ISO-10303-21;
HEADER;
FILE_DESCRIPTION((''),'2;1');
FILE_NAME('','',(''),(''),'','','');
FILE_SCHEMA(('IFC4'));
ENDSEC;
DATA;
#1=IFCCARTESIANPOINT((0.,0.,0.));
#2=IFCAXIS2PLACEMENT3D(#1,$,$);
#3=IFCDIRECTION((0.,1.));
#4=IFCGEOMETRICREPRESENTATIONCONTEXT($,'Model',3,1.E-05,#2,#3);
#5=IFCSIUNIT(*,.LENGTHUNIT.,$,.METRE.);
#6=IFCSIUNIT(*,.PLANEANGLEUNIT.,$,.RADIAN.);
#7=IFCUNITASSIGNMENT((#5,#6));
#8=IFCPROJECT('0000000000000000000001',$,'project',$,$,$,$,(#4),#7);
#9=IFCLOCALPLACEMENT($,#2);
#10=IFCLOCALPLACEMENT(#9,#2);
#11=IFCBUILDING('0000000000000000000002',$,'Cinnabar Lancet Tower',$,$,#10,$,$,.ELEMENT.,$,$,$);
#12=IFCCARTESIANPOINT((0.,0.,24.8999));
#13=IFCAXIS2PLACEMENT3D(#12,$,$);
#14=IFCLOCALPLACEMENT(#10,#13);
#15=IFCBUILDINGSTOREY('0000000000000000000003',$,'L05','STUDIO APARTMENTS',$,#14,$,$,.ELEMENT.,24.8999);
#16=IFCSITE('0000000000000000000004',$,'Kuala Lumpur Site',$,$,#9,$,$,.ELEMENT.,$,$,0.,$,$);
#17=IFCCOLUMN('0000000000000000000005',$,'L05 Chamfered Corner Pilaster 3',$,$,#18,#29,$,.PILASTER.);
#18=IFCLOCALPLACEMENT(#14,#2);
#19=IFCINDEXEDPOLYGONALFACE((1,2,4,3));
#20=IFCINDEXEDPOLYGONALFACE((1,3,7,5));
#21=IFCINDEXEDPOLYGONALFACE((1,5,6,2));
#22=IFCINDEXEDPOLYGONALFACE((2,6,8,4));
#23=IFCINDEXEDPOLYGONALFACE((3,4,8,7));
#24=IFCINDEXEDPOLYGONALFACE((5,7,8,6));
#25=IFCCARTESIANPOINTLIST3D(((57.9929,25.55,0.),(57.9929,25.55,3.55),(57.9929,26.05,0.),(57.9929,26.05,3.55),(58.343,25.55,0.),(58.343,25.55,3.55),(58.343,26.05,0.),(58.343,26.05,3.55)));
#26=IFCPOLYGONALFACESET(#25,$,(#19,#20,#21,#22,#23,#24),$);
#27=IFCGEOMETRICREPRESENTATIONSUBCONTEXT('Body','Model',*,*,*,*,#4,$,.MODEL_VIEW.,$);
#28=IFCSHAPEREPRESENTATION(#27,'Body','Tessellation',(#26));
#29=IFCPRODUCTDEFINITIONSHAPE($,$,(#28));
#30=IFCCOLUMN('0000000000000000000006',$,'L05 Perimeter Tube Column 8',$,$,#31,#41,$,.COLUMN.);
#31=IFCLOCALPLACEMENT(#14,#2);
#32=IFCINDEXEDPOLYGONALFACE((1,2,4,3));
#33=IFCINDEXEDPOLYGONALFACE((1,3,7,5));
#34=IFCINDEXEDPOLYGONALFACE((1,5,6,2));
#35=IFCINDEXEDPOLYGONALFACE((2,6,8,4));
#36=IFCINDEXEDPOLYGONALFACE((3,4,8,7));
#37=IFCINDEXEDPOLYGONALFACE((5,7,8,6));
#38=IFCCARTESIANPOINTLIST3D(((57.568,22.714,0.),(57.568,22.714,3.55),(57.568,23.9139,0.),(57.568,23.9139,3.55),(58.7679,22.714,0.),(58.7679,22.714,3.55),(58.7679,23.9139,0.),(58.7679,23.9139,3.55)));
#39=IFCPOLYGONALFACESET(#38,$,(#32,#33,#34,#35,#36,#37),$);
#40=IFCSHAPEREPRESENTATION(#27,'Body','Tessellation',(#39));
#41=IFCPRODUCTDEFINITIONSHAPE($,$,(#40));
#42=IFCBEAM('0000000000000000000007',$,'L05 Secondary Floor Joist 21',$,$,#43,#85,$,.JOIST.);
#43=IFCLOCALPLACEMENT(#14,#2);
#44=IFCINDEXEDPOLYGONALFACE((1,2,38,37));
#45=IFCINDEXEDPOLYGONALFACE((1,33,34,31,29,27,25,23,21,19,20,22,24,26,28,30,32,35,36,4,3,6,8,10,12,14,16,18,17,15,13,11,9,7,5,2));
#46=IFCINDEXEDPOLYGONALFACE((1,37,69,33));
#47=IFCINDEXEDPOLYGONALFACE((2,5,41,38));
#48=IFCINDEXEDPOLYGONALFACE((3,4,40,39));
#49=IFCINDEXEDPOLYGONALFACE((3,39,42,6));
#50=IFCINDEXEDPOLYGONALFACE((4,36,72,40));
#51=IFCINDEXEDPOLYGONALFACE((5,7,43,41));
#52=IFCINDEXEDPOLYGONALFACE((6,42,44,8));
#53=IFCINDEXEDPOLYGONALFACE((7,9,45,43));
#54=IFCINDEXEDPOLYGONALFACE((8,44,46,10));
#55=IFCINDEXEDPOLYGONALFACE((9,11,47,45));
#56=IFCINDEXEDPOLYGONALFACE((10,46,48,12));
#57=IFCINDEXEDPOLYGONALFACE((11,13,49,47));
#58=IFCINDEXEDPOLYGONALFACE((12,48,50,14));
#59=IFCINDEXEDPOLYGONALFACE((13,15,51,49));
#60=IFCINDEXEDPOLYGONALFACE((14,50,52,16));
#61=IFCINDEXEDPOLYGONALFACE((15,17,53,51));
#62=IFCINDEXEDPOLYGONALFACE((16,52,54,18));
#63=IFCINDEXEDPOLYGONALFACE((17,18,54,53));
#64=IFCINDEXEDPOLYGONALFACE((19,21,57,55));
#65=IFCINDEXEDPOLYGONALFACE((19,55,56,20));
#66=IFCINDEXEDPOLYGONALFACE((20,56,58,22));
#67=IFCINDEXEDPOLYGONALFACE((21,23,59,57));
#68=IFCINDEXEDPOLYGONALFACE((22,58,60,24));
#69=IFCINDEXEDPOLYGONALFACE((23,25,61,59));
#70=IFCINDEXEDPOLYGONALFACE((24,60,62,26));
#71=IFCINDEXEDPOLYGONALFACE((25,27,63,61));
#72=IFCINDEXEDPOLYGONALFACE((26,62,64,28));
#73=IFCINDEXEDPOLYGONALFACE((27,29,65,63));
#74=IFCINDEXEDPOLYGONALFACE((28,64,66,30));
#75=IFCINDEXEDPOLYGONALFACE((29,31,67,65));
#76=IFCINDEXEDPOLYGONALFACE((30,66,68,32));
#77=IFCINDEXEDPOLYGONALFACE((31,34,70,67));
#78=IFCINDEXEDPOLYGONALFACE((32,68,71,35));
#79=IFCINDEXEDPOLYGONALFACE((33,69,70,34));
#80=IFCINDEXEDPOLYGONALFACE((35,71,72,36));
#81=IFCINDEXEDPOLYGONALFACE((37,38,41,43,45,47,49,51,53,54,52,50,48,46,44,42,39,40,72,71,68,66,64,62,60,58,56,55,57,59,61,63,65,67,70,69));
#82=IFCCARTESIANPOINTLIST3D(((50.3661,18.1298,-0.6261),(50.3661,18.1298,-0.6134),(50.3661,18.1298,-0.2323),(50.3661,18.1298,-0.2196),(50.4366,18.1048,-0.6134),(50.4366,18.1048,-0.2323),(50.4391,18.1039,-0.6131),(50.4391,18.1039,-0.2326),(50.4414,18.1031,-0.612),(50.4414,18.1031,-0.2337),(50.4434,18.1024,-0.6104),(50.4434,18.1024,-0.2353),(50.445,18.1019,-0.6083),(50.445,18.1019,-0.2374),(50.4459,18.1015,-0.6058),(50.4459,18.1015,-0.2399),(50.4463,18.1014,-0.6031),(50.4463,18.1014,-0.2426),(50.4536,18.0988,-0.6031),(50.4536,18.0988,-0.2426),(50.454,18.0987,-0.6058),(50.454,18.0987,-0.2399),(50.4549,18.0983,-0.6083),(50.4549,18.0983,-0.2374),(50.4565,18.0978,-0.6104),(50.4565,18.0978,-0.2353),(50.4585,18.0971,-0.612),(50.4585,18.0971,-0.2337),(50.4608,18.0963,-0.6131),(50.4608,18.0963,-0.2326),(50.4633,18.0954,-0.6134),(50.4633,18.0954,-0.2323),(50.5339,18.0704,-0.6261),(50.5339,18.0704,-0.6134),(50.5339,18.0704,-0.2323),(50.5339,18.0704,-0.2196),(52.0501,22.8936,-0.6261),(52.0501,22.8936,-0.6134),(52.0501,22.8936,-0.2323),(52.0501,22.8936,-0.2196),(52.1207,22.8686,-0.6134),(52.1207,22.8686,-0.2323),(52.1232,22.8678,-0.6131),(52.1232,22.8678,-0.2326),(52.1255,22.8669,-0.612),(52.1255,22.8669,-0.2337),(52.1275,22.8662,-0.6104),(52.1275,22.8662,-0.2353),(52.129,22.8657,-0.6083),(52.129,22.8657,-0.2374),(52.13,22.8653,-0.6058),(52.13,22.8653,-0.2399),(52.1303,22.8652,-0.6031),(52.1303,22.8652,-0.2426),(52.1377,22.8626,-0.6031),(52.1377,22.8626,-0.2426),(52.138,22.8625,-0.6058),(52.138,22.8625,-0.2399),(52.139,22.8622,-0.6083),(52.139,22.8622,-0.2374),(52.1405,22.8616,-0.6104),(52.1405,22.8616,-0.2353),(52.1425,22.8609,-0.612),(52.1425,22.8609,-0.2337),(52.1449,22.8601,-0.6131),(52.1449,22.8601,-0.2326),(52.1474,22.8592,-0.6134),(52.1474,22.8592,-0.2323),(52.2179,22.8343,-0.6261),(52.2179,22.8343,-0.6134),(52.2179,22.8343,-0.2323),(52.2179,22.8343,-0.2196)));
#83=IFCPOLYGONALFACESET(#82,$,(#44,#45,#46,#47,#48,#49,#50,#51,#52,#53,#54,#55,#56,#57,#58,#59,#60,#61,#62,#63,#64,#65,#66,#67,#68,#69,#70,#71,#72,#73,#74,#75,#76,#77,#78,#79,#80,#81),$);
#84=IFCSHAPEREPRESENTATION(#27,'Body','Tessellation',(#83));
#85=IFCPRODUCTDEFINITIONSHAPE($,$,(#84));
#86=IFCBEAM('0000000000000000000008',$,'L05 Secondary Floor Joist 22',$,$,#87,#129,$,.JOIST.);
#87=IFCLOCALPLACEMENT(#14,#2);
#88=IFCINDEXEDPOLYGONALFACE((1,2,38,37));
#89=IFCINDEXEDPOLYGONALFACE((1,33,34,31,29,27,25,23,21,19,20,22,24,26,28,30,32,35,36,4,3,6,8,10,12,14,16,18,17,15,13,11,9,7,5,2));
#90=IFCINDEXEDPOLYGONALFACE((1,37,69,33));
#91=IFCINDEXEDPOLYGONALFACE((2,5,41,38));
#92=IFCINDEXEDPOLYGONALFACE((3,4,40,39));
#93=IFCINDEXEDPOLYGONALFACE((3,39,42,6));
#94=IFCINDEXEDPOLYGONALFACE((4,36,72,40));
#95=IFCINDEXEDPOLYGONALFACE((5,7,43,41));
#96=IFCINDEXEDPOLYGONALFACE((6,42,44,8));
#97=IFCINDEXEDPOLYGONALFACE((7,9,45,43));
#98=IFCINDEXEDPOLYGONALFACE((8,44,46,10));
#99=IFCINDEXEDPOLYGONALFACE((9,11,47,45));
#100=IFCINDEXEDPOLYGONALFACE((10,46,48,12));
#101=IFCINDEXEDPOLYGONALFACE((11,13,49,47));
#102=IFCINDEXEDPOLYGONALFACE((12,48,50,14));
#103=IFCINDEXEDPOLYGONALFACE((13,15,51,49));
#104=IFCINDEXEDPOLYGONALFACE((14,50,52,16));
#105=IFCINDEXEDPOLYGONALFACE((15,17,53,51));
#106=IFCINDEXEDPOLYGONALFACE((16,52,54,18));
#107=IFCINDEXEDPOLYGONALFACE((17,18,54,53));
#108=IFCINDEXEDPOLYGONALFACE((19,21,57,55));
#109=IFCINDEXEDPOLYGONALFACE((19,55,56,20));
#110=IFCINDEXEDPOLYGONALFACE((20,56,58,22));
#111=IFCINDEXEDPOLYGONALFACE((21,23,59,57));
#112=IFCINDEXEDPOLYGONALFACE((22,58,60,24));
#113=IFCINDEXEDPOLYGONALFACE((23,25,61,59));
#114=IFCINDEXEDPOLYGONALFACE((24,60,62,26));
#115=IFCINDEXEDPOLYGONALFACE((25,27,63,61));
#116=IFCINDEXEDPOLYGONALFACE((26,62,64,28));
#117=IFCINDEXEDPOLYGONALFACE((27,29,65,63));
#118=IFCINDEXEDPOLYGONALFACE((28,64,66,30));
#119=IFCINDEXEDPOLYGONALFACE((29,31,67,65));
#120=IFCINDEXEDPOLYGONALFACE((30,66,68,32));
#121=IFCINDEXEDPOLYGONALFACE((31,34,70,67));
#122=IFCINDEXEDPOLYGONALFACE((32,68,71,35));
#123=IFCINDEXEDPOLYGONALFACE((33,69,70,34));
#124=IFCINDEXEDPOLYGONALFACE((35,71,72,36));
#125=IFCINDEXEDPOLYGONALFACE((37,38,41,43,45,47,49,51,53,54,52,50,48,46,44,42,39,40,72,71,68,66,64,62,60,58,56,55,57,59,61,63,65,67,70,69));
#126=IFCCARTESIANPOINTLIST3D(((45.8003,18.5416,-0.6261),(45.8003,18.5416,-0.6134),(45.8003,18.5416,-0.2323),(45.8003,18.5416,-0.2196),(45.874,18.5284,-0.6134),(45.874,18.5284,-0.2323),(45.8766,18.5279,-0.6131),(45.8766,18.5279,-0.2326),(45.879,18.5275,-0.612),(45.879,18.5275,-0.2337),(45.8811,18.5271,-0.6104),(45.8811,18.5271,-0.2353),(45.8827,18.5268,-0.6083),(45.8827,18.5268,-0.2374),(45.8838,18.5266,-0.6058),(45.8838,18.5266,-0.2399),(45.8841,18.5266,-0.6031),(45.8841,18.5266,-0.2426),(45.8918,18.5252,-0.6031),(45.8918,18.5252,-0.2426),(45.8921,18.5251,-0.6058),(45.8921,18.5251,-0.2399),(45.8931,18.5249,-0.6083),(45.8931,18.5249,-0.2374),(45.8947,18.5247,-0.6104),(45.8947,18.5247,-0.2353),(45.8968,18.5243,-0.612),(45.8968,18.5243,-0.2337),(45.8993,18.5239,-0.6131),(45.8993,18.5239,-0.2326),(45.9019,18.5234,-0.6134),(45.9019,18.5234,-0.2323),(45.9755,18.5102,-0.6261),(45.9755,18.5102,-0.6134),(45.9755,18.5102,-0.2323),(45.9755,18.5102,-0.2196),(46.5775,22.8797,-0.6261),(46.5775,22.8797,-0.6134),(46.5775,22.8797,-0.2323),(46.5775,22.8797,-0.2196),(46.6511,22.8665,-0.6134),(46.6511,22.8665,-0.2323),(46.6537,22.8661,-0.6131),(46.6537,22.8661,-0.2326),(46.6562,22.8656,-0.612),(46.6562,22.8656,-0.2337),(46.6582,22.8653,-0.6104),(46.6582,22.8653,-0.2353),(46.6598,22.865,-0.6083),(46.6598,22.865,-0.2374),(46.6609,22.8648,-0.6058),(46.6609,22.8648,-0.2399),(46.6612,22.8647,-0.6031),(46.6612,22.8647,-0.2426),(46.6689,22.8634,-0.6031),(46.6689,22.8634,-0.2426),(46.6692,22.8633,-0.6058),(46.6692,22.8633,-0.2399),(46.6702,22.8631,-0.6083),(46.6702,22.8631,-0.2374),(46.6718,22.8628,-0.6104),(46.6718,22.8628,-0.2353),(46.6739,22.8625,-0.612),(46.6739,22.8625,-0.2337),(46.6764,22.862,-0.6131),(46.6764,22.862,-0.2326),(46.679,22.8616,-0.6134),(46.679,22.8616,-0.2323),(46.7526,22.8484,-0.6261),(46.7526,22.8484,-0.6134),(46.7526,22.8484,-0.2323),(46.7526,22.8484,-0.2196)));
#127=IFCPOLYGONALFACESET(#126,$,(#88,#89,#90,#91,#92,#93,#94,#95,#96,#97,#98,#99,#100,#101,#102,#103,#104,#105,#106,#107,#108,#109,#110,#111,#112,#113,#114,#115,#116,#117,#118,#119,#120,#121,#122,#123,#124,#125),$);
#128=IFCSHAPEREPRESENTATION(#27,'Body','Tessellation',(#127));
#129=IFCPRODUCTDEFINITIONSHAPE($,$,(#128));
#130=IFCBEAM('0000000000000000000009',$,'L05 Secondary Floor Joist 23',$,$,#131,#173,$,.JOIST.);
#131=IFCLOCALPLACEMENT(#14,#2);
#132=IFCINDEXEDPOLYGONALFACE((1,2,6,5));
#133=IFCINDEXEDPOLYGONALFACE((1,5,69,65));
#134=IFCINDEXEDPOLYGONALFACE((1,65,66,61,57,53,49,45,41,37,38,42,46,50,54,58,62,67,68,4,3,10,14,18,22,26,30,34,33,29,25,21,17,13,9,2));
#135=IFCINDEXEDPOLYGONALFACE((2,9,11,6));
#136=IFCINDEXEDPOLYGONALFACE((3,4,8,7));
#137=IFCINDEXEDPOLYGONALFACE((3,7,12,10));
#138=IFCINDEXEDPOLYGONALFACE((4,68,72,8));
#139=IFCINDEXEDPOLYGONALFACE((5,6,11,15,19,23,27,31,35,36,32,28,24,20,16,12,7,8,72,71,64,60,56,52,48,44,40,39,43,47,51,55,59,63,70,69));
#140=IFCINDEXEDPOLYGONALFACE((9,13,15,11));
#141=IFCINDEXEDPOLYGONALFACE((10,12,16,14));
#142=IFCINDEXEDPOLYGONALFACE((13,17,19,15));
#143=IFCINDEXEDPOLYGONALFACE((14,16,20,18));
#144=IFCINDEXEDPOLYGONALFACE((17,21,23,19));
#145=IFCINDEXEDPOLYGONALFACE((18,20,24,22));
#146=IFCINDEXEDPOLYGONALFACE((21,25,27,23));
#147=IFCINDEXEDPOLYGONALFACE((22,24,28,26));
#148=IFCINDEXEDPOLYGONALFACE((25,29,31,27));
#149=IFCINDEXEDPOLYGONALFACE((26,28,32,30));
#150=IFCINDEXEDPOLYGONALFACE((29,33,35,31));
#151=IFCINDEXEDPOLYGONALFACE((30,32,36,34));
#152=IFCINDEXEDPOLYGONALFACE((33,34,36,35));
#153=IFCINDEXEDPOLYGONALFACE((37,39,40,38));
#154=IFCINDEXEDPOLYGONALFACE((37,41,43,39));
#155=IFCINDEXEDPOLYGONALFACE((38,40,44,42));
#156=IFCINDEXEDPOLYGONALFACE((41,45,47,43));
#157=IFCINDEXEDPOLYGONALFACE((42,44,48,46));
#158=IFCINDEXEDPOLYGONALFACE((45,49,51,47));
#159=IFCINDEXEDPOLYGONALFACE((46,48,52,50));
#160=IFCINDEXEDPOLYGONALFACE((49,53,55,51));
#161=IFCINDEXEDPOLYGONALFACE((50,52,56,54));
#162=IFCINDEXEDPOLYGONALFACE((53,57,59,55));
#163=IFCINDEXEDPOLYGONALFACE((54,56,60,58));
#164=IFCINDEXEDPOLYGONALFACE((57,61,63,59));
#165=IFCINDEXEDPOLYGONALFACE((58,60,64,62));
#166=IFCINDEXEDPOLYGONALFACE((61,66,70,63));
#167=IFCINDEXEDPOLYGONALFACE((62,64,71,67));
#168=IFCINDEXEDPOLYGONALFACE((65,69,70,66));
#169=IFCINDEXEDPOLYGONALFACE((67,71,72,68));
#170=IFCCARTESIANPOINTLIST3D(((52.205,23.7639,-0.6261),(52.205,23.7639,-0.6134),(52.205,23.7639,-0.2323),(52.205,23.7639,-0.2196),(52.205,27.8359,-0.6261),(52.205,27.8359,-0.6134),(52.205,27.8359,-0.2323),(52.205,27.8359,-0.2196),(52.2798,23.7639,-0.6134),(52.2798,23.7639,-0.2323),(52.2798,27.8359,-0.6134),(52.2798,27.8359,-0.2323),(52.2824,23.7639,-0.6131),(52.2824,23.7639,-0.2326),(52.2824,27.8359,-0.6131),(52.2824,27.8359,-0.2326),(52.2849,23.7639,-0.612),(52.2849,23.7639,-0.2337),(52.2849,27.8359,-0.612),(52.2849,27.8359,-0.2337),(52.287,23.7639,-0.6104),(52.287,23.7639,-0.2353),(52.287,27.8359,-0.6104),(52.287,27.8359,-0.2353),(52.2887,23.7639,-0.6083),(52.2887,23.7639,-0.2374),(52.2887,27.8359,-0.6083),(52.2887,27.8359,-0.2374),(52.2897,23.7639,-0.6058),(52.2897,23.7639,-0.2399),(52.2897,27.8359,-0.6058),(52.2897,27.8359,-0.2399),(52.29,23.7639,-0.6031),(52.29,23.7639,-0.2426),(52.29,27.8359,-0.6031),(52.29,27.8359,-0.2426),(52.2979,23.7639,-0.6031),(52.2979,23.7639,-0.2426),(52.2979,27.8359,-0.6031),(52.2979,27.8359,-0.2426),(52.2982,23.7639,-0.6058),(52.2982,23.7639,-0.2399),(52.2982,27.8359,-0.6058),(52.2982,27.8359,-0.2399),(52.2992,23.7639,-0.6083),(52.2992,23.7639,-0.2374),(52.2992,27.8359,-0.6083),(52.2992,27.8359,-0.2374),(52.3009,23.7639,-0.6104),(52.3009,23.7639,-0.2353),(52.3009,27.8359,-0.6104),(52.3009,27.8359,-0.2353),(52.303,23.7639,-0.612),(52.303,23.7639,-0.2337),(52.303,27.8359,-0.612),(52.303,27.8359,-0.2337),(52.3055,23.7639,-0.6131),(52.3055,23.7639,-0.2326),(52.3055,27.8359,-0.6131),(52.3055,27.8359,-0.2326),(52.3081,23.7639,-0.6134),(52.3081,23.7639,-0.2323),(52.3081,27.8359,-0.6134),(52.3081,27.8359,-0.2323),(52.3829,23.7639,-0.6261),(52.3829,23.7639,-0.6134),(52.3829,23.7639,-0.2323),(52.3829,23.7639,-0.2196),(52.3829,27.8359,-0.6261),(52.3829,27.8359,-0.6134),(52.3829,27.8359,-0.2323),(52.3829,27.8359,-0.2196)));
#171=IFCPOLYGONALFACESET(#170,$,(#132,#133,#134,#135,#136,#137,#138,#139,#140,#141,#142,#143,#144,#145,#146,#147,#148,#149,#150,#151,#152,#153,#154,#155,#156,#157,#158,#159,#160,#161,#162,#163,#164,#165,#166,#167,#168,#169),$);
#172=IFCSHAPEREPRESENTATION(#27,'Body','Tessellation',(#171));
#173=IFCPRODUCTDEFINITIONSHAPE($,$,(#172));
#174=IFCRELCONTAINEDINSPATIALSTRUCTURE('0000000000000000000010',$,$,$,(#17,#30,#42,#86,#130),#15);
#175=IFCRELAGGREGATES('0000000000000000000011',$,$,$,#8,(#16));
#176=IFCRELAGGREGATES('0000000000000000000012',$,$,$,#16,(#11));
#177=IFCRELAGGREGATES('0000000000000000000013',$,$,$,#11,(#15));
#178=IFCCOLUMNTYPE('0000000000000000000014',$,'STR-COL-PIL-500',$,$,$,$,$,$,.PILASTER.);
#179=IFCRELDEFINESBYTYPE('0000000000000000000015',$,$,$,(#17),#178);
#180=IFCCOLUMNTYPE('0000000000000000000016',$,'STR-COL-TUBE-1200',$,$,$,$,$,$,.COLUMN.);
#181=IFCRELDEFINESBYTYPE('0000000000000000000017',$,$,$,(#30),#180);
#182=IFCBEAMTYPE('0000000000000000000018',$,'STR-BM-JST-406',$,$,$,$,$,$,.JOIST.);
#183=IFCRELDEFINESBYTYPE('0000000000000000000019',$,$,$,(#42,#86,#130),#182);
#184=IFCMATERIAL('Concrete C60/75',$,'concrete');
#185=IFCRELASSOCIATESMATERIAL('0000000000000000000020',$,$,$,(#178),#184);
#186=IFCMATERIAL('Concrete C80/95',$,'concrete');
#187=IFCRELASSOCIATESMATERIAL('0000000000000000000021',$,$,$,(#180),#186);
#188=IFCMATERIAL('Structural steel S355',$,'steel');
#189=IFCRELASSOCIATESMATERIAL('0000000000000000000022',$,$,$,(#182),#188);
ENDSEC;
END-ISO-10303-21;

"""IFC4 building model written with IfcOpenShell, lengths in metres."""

from ifc_helpers import new_model, si_unit, direction, frame, origin, origin_2d, place, context, subcontext, project, spatial, rectangle, i_section, extrude, material, material_profile, profile_set, type_object, element, save


model = new_model("IFC4")

# Units and contexts
model_context = context("Model", 3, precision=1e-05, world=origin(), true_north=direction((0.0, 1.0)))
body_context = subcontext(model_context, "Body", "Model", "MODEL_VIEW")
ifc_project = project(units=[si_unit("LENGTHUNIT", "METRE"), si_unit("PLANEANGLEUNIT", "RADIAN")], contexts=[model_context])

# Site, building, storey
site_placement = place(None, origin())
site = spatial("IfcSite", under=ifc_project, at=site_placement, Name="Kuala Lumpur Site", CompositionType="ELEMENT", RefElevation=0.0)
building_placement = place(site_placement, origin())
building = spatial("IfcBuilding", under=site, at=building_placement, Name="Cinnabar Lancet Tower", CompositionType="ELEMENT")
storey_placement = place(building_placement, frame((0.0, 0.0, 24.8999)))
storey = spatial("IfcBuildingStorey", under=building, at=storey_placement, Name="L05", Description="STUDIO APARTMENTS", CompositionType="ELEMENT", Elevation=24.8999)

# Columns
ifc_material_1 = material(Name="Concrete C60/75", Category="concrete")
ifc_material_profile_1 = material_profile(ifc_material_1, rectangle(XDim=0.5, YDim=0.3501, at=origin_2d()), Name="RC-PIL 500x350")
ifc_profile_set_1 = profile_set([ifc_material_profile_1], Name="Concrete C60/75")
column_type_1 = type_object("IfcColumnType", Name="STR-COL-PIL-500", PredefinedType="PILASTER", material=ifc_profile_set_1)
column_1_placement = place(storey_placement, frame((58.168, 25.8, 0.0), z_axis=(0.0, 0.0, 1.0), x_axis=(0.0, 1.0, 0.0)))
element("IfcColumn", 1, at=column_1_placement, inside=storey, type_object=column_type_1, Name="L05 Chamfered Corner Pilaster 3", PredefinedType="PILASTER", context=body_context, shape_type="SweptSolid", body=[
    extrude(rectangle(XDim=0.5, YDim=0.3501, at=origin_2d()), origin(), (0.0, 0.0, 1.0), 3.55),
])
ifc_material_2 = material(Name="Concrete C80/95", Category="concrete")
ifc_material_profile_2 = material_profile(ifc_material_2, rectangle(XDim=1.2, YDim=1.2, at=origin_2d()), Name="RC-COL 1200x1200")
ifc_profile_set_2 = profile_set([ifc_material_profile_2], Name="Concrete C80/95")
column_type_2 = type_object("IfcColumnType", Name="STR-COL-TUBE-1200", PredefinedType="COLUMN", material=ifc_profile_set_2)
column_2_placement = place(storey_placement, frame((58.168, 23.314, 0.0), z_axis=(0.0, 0.0, 1.0), x_axis=(1.0, 0.0, 0.0)))
element("IfcColumn", 2, at=column_2_placement, inside=storey, type_object=column_type_2, Name="L05 Perimeter Tube Column 8", PredefinedType="COLUMN", context=body_context, shape_type="SweptSolid", body=[
    extrude(rectangle(XDim=1.2, YDim=1.2, at=origin_2d()), origin(), (0.0, 0.0, 1.0), 3.55),
])

# Beams
ifc_material_3 = material(Name="Structural steel S355", Category="steel")
ifc_material_profile_3 = material_profile(ifc_material_3, i_section(OverallWidth=0.178, OverallDepth=0.4065, WebThickness=0.0078, FlangeThickness=0.0127, FilletRadius=0.0103, at=origin_2d()), Name="UKB 406x178x60")
ifc_profile_set_3 = profile_set([ifc_material_profile_3], Name="Structural steel S355")
beam_type_1 = type_object("IfcBeamType", Name="STR-BM-JST-406", PredefinedType="JOIST", material=ifc_profile_set_3)
beam_1_placement = place(storey_placement, frame((50.45, 18.1001, -0.4229), z_axis=(0.333295, 0.942823, 0.0), x_axis=(-0.942823, 0.333295, 0.0)))
element("IfcBeam", 3, at=beam_1_placement, inside=storey, type_object=beam_type_1, Name="L05 Secondary Floor Joist 21", PredefinedType="JOIST", context=body_context, shape_type="SweptSolid", body=[
    extrude(i_section(OverallWidth=0.178, OverallDepth=0.4065, WebThickness=0.0078, FlangeThickness=0.0127, FilletRadius=0.0103, at=origin_2d()), origin(), (0.0, 0.0, 1.0), 5.0527),
])
beam_2_placement = place(storey_placement, frame((45.8879, 18.5259, -0.4229), z_axis=(0.176326, 0.984332, 0.0), x_axis=(-0.984332, 0.176326, 0.0)))
element("IfcBeam", 4, at=beam_2_placement, inside=storey, type_object=beam_type_1, Name="L05 Secondary Floor Joist 22", PredefinedType="JOIST", context=body_context, shape_type="SweptSolid", body=[
    extrude(i_section(OverallWidth=0.178, OverallDepth=0.4065, WebThickness=0.0078, FlangeThickness=0.0127, FilletRadius=0.0103, at=origin_2d()), origin(), (0.0, 0.0, 1.0), 4.4072),
])
for number, where, z_axis, x_axis, name in (
    (5, (52.2939, 23.7639, -0.4229), (0.0, 1.0, 0.0), (-1.0, 0.0, 0.0), "L05 Secondary Floor Joist 23"),
):
    element("IfcBeam", number, at=place(storey_placement, frame(where, z_axis=z_axis, x_axis=x_axis)), inside=storey, type_object=beam_type_1, Name=name, PredefinedType="JOIST", context=body_context, shape_type="SweptSolid", body=[
        extrude(i_section(OverallWidth=0.178, OverallDepth=0.4065, WebThickness=0.0078, FlangeThickness=0.0127, FilletRadius=0.0103, at=origin_2d()), origin(), (0.0, 0.0, 1.0), 4.072),
    ])

save(model, "model.ifc")
